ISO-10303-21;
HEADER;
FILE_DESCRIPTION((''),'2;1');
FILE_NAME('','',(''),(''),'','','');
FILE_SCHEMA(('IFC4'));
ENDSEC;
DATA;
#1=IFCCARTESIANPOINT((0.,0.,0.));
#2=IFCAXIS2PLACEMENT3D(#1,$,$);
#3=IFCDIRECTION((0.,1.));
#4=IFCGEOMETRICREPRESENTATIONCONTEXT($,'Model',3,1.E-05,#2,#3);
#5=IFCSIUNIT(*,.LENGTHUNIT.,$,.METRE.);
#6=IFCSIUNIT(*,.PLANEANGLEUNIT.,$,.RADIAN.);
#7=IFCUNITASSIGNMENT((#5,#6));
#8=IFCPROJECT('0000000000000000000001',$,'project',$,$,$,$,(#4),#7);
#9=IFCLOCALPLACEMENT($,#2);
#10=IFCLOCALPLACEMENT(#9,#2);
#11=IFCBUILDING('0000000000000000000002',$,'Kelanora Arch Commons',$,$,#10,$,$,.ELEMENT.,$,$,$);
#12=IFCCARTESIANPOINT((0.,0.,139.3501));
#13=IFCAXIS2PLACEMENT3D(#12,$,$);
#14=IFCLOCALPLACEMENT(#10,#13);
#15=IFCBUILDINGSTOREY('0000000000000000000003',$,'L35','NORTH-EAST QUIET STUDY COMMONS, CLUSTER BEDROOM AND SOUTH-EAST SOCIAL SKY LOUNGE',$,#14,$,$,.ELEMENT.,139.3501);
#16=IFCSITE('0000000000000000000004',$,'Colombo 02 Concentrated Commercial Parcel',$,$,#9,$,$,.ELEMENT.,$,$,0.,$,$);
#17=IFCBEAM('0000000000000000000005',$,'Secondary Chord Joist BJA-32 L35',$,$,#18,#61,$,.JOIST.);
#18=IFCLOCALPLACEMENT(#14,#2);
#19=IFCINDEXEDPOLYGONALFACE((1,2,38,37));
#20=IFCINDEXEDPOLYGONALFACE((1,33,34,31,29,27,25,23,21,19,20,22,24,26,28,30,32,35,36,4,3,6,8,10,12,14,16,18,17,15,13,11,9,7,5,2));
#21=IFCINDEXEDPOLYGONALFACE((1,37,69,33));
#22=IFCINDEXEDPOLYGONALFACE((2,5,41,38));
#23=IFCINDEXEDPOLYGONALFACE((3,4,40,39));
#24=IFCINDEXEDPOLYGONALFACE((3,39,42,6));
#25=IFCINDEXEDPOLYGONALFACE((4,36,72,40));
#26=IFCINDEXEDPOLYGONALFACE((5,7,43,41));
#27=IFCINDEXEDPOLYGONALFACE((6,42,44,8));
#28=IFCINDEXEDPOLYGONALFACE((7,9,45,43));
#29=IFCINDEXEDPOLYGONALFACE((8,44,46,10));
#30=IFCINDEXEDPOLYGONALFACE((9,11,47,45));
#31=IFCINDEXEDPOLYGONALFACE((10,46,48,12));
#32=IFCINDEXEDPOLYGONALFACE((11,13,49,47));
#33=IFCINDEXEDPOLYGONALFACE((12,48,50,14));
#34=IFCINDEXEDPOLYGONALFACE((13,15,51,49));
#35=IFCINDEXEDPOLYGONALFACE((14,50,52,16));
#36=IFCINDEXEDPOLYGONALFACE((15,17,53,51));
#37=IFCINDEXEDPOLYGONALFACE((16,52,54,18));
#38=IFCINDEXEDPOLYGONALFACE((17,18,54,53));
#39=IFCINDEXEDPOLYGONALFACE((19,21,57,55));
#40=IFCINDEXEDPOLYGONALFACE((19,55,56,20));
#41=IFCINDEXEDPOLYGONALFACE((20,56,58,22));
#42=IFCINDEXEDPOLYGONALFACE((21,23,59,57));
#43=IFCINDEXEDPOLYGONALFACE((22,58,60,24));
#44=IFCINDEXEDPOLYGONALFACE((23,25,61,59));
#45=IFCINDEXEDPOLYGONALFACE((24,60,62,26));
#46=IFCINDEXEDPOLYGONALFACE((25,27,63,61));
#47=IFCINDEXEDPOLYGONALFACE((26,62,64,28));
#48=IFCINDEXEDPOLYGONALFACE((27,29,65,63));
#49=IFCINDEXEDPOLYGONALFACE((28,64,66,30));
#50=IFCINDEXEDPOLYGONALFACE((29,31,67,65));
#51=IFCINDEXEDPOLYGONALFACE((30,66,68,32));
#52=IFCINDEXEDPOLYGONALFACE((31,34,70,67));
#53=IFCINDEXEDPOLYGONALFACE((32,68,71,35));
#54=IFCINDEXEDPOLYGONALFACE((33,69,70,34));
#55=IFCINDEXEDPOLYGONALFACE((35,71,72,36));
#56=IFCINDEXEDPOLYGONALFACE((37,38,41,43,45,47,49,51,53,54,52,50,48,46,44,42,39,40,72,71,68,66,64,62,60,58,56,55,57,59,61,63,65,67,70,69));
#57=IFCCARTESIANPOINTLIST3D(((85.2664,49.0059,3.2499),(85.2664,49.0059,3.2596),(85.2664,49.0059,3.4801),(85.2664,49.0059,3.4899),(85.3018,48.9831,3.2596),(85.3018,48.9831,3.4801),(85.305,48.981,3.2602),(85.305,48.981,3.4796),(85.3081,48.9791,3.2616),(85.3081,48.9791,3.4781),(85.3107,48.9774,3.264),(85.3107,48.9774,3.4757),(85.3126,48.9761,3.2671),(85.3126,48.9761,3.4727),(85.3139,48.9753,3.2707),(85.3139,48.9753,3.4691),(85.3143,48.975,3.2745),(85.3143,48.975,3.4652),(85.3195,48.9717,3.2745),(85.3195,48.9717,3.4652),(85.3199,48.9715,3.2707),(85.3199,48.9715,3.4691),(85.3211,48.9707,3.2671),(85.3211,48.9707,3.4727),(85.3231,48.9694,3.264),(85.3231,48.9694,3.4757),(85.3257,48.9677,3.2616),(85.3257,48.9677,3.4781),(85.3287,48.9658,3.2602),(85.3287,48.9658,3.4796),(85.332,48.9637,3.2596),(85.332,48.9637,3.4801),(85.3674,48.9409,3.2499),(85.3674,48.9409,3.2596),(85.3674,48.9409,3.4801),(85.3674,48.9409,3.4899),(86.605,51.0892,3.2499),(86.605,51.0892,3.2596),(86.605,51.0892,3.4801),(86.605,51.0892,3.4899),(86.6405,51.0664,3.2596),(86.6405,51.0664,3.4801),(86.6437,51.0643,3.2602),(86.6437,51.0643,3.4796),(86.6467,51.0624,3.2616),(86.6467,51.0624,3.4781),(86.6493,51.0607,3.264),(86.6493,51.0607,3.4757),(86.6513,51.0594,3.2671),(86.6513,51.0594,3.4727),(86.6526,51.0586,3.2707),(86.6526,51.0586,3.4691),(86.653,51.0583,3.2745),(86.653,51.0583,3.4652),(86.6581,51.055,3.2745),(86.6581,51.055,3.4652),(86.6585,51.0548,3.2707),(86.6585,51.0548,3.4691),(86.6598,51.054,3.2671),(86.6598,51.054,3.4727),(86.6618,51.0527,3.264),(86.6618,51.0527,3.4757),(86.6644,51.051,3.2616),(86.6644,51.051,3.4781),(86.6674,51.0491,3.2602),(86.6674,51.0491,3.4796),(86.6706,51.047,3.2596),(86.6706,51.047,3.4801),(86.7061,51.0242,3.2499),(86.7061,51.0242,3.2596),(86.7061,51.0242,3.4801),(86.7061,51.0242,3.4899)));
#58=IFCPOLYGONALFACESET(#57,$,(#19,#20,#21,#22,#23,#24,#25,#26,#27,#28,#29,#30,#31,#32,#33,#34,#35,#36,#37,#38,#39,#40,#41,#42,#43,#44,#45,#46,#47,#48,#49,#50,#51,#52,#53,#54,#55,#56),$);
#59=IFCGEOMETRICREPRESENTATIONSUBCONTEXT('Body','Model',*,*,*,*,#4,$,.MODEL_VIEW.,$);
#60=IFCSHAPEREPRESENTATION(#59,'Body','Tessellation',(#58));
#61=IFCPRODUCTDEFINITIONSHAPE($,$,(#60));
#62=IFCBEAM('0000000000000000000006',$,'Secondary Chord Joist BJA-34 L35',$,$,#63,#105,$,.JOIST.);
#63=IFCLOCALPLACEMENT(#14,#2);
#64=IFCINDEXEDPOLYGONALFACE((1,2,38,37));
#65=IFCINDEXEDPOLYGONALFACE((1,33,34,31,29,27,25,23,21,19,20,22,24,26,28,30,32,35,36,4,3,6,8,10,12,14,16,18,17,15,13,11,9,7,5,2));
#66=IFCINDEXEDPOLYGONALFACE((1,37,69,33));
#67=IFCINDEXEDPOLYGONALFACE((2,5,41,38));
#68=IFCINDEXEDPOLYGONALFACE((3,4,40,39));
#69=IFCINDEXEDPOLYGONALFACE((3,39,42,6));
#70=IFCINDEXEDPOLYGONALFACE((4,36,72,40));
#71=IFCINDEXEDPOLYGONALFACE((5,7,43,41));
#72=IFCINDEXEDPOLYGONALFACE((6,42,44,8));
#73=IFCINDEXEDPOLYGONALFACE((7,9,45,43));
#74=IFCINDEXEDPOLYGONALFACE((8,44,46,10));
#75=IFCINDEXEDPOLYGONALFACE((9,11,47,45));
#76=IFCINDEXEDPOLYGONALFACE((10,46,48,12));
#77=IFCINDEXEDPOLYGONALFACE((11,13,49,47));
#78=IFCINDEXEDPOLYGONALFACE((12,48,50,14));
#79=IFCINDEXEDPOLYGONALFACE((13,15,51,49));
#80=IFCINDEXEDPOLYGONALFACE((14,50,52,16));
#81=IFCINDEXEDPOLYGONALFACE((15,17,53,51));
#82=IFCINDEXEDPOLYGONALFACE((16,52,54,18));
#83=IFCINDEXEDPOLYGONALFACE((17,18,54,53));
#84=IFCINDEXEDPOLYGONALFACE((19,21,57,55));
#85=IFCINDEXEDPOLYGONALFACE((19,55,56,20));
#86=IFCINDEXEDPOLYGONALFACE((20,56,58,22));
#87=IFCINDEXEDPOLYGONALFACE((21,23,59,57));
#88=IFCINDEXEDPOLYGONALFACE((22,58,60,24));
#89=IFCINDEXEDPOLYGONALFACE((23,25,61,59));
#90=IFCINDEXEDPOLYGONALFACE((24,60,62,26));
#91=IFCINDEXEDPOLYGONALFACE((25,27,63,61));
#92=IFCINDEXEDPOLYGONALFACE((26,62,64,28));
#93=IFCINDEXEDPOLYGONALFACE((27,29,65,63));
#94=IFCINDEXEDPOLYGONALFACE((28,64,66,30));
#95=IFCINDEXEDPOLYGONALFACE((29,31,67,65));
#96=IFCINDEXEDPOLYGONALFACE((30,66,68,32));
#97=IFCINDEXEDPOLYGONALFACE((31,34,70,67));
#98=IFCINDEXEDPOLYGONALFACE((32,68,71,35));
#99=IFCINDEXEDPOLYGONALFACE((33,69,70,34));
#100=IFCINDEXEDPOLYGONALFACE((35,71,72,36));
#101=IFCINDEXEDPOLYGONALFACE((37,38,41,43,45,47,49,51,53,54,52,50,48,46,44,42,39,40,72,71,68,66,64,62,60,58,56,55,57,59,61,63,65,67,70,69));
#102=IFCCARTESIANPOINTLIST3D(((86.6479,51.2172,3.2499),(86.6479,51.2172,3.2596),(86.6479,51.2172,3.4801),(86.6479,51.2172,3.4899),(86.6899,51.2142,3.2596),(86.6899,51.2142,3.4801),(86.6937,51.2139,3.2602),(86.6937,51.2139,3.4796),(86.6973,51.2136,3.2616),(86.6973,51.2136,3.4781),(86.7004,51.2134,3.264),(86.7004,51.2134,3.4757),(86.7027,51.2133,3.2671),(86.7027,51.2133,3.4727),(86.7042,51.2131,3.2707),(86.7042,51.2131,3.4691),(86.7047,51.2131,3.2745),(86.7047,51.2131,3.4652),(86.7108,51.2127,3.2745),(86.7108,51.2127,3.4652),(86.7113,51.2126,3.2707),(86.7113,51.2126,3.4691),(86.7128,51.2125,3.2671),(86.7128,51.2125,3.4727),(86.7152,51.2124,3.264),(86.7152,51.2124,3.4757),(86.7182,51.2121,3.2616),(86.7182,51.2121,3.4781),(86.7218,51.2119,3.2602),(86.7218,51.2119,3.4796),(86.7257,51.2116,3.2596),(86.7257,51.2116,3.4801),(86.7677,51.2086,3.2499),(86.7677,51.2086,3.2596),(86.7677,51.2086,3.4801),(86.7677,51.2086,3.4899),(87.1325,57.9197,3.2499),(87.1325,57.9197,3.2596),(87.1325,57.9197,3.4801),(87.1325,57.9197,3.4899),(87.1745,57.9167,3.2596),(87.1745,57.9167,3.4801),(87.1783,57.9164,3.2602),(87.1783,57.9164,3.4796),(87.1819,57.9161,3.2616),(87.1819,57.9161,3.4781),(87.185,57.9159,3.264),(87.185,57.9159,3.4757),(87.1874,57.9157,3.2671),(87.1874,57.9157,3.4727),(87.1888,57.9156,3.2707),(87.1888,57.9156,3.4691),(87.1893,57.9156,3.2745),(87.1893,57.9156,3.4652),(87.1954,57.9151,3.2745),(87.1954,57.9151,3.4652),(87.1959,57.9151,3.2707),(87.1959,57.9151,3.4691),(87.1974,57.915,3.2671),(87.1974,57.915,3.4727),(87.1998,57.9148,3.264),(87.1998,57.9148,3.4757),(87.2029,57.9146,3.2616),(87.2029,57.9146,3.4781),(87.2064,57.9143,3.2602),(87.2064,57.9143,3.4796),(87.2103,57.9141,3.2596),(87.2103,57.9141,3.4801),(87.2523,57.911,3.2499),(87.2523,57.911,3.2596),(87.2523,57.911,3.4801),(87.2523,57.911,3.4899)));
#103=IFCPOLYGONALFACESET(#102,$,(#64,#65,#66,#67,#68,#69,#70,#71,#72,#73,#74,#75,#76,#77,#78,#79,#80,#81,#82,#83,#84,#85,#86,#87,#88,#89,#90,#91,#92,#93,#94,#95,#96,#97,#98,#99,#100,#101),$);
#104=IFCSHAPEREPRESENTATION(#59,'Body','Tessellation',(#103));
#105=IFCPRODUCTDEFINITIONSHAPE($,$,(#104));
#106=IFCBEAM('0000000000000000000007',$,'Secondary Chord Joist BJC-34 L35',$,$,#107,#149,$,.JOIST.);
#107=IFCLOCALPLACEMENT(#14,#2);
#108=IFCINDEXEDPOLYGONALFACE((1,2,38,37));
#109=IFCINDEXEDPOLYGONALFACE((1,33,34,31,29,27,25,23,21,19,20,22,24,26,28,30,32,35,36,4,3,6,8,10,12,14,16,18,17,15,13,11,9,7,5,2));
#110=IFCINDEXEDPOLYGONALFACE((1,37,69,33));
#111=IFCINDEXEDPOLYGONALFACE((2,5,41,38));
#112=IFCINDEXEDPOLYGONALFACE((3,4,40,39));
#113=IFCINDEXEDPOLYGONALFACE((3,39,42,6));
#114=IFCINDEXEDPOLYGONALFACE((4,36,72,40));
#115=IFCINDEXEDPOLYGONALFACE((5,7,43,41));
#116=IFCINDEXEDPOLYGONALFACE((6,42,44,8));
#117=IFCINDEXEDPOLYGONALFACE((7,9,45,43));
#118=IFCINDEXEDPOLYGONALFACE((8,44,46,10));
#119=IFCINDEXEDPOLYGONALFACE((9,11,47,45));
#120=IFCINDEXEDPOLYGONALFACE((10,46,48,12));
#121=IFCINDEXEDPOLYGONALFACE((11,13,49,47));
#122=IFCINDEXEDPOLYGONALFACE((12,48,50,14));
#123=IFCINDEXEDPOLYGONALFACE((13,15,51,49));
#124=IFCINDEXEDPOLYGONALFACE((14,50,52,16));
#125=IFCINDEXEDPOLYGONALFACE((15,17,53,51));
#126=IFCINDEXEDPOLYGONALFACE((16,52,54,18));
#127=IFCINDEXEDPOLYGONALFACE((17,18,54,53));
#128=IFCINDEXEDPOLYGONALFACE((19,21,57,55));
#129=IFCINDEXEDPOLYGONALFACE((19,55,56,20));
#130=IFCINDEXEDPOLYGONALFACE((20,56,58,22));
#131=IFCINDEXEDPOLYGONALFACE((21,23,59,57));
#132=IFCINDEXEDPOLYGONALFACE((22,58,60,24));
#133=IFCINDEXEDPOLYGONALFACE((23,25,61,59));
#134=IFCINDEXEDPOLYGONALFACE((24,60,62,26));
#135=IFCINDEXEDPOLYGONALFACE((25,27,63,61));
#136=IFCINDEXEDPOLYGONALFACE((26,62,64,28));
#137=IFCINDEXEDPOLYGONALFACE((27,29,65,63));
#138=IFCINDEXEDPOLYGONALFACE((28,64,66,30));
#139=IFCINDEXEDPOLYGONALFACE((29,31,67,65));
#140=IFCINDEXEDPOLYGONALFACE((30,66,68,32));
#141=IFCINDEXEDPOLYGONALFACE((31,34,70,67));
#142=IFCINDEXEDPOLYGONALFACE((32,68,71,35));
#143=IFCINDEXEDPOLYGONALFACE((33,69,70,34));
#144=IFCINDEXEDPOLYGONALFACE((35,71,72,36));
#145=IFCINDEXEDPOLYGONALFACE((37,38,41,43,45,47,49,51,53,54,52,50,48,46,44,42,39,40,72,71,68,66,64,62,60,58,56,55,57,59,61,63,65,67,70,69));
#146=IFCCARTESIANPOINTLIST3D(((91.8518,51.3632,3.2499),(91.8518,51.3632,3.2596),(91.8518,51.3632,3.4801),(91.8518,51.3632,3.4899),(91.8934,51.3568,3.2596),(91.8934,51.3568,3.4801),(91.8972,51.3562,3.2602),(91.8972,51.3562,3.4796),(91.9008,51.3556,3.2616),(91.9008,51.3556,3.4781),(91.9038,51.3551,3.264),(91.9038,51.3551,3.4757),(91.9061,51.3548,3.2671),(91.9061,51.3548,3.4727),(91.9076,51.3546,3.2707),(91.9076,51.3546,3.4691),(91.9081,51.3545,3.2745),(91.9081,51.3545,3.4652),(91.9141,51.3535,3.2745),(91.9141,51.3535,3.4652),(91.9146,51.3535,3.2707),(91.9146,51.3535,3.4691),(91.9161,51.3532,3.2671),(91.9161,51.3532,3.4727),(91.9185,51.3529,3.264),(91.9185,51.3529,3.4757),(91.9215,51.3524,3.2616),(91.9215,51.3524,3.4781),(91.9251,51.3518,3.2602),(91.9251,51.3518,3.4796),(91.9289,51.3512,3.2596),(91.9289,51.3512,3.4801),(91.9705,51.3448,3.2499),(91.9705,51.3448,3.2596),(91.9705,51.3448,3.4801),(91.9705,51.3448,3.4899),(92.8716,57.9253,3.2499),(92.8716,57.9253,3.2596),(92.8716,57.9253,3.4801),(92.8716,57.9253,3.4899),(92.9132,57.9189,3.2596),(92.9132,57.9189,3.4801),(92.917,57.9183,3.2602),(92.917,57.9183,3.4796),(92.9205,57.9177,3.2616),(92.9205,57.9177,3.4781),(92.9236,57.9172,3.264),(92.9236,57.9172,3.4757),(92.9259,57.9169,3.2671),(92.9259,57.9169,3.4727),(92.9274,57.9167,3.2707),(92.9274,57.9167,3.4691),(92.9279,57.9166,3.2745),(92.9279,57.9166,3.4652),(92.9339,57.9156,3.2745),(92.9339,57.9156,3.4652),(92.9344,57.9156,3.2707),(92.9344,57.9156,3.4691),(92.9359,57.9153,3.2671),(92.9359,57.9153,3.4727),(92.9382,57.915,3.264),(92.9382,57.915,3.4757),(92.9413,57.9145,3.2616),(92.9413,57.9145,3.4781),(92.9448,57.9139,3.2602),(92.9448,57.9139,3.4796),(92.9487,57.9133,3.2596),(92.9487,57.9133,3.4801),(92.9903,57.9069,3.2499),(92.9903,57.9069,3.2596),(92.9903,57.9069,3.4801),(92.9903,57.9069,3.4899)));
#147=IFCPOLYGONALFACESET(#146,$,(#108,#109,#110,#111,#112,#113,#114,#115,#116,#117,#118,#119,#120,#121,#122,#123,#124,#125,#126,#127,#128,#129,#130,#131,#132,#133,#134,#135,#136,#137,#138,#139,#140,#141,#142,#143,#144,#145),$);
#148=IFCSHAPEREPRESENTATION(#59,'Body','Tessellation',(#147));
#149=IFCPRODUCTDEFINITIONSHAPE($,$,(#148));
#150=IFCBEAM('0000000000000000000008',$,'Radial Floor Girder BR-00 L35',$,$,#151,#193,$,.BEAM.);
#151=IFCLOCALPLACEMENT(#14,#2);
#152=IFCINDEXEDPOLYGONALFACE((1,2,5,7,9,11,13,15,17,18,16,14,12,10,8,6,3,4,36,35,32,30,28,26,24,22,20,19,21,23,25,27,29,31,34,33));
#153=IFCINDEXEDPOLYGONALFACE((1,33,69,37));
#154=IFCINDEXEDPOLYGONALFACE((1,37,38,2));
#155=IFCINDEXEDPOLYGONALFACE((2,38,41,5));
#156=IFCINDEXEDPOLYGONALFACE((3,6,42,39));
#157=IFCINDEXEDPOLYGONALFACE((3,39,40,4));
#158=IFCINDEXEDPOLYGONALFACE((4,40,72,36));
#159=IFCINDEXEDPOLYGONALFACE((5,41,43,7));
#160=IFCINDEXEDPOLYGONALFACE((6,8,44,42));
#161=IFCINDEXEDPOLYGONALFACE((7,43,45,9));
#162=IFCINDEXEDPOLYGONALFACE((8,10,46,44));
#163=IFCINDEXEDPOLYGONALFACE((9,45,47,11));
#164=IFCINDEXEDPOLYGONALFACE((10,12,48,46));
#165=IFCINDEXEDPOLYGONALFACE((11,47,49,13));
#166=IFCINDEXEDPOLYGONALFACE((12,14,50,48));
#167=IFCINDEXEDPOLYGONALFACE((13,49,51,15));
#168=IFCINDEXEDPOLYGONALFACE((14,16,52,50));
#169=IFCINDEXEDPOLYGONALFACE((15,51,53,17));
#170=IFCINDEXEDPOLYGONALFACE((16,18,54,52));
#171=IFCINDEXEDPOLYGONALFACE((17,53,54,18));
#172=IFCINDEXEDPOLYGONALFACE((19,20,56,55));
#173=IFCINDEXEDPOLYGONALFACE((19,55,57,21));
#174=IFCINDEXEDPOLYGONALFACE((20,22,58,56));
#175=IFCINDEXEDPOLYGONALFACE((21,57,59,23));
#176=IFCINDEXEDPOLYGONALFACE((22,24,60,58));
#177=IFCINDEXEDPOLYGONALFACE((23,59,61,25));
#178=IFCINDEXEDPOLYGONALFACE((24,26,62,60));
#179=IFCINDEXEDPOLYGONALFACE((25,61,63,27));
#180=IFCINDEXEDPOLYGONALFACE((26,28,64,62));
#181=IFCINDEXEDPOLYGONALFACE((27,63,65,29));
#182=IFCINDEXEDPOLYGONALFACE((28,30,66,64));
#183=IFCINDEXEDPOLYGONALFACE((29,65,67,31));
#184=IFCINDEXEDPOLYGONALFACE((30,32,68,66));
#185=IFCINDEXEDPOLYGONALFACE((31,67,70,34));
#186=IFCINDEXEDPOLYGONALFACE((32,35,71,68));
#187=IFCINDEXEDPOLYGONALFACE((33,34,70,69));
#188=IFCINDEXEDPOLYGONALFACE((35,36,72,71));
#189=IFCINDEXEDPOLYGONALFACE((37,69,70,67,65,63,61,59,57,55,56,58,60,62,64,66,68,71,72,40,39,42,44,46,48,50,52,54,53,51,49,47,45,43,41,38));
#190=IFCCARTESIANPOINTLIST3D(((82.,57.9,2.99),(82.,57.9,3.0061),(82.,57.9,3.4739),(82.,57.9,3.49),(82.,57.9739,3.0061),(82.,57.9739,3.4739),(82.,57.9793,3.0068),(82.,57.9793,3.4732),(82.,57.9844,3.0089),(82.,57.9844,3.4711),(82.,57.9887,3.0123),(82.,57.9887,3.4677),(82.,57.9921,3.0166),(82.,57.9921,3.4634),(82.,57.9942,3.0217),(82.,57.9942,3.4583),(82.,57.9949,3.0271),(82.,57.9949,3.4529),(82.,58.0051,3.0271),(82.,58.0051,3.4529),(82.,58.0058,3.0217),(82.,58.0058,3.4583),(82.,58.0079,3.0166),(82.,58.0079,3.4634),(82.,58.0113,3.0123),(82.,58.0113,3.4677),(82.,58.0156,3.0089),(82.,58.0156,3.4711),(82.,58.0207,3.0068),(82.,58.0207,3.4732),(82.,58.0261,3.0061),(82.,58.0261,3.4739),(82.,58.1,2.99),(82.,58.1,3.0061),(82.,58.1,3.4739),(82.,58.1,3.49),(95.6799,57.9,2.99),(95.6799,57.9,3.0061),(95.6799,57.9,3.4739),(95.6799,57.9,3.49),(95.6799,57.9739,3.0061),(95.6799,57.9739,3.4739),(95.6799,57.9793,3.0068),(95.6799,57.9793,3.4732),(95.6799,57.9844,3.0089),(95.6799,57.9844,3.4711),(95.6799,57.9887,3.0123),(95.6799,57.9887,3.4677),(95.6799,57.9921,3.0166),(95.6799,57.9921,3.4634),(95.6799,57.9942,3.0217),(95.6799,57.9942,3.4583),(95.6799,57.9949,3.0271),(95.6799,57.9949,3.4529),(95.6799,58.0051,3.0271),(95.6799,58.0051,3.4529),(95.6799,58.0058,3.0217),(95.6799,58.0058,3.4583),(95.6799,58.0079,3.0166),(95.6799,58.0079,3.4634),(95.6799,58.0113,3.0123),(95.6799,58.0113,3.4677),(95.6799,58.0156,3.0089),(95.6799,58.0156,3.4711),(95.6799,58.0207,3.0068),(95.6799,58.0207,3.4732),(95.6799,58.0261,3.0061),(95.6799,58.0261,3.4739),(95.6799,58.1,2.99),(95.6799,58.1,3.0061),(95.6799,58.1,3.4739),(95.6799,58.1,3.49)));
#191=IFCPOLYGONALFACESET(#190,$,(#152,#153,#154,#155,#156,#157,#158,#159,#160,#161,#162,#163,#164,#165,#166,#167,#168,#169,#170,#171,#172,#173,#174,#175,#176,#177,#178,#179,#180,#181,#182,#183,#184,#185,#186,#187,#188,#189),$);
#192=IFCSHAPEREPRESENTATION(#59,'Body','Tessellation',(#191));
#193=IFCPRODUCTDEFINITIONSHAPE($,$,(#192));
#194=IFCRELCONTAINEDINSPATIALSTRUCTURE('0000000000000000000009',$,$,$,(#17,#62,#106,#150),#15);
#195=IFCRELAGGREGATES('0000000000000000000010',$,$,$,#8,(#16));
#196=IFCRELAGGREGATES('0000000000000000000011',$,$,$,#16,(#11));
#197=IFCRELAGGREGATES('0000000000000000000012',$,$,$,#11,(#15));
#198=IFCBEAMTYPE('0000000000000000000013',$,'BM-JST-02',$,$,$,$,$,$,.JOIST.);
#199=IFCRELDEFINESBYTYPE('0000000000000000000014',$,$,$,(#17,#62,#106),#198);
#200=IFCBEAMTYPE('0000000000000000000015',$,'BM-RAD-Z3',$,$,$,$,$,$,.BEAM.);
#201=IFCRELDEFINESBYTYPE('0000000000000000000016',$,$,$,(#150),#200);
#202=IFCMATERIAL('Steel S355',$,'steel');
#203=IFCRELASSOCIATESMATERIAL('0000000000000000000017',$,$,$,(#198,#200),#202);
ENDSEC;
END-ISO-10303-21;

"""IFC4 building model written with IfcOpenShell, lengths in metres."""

from ifc_helpers import new_model, si_unit, direction, frame, origin, origin_2d, place, context, subcontext, project, spatial, i_section, extrude, material, material_profile, profile_set, type_object, element, save


model = new_model("IFC4")

# Units and contexts
model_context = context("Model", 3, precision=1e-05, world=origin(), true_north=direction((0.0, 1.0)))
body_context = subcontext(model_context, "Body", "Model", "MODEL_VIEW")
ifc_project = project(units=[si_unit("LENGTHUNIT", "METRE"), si_unit("PLANEANGLEUNIT", "RADIAN")], contexts=[model_context])

# Site, building, storey
site_placement = place(None, origin())
site = spatial("IfcSite", under=ifc_project, at=site_placement, Name="Colombo 02 Concentrated Commercial Parcel", CompositionType="ELEMENT", RefElevation=0.0)
building_placement = place(site_placement, origin())
building = spatial("IfcBuilding", under=site, at=building_placement, Name="Kelanora Arch Commons", CompositionType="ELEMENT")
storey_placement = place(building_placement, frame((0.0, 0.0, 139.3501)))
storey = spatial("IfcBuildingStorey", under=building, at=storey_placement, Name="L35", Description="NORTH-EAST QUIET STUDY COMMONS, CLUSTER BEDROOM AND SOUTH-EAST SOCIAL SKY LOUNGE", CompositionType="ELEMENT", Elevation=139.3501)

# Beams
ifc_material_1 = material(Name="Steel S355", Category="steel")
ifc_material_profile_1 = material_profile(ifc_material_1, i_section(OverallWidth=0.1201, OverallDepth=0.24, WebThickness=0.0061, FlangeThickness=0.0098, FilletRadius=0.0149, at=origin_2d()), Name="IPE240")
ifc_profile_set_1 = profile_set([ifc_material_profile_1], Name="Steel S355")
beam_type_1 = type_object("IfcBeamType", Name="BM-JST-02", PredefinedType="JOIST", material=ifc_profile_set_1)
beam_1_placement = place(storey_placement, frame((85.3169, 48.9734, 3.3699), z_axis=(0.540583, 0.841291, 0.0), x_axis=(-0.841291, 0.540583, 0.0)))
element("IfcBeam", 1, at=beam_1_placement, inside=storey, type_object=beam_type_1, Name="Secondary Chord Joist BJA-32 L35", PredefinedType="JOIST", context=body_context, shape_type="SweptSolid", body=[
    extrude(i_section(OverallWidth=0.1201, OverallDepth=0.24, WebThickness=0.0061, FlangeThickness=0.0098, FilletRadius=0.0149, at=origin_2d()), origin(), (0.0, 0.0, 1.0), 2.4763),
])
beam_2_placement = place(storey_placement, frame((86.7078, 51.2129, 3.3699), z_axis=(0.072117, 0.997396, 0.0), x_axis=(-0.997396, 0.072117, 0.0)))
element("IfcBeam", 2, at=beam_2_placement, inside=storey, type_object=beam_type_1, Name="Secondary Chord Joist BJA-34 L35", PredefinedType="JOIST", context=body_context, shape_type="SweptSolid", body=[
    extrude(i_section(OverallWidth=0.1201, OverallDepth=0.24, WebThickness=0.0061, FlangeThickness=0.0098, FilletRadius=0.0149, at=origin_2d()), origin(), (0.0, 0.0, 1.0), 6.72),
])
beam_3_placement = place(storey_placement, frame((91.9111, 51.354, 3.3699), z_axis=(0.153563, 0.988139, 0.0), x_axis=(-0.988139, 0.153563, 0.0)))
element("IfcBeam", 3, at=beam_3_placement, inside=storey, type_object=beam_type_1, Name="Secondary Chord Joist BJC-34 L35", PredefinedType="JOIST", context=body_context, shape_type="SweptSolid", body=[
    extrude(i_section(OverallWidth=0.1201, OverallDepth=0.24, WebThickness=0.0061, FlangeThickness=0.0098, FilletRadius=0.0149, at=origin_2d()), origin(), (0.0, 0.0, 1.0), 6.6409),
])
ifc_material_profile_2 = material_profile(ifc_material_1, i_section(OverallWidth=0.2, OverallDepth=0.5, WebThickness=0.0103, FlangeThickness=0.0161, FilletRadius=0.021, at=origin_2d()), Name="IPE500")
ifc_profile_set_2 = profile_set([ifc_material_profile_2], Name="Steel S355")
beam_type_2 = type_object("IfcBeamType", Name="BM-RAD-Z3", PredefinedType="BEAM", material=ifc_profile_set_2)
beam_4_placement = place(storey_placement, frame((82.0, 58.0, 3.24), z_axis=(1.0, 0.0, 0.0), x_axis=(0.0, 1.0, 0.0)))
element("IfcBeam", 4, at=beam_4_placement, inside=storey, type_object=beam_type_2, Name="Radial Floor Girder BR-00 L35", PredefinedType="BEAM", context=body_context, shape_type="SweptSolid", body=[
    extrude(i_section(OverallWidth=0.2, OverallDepth=0.5, WebThickness=0.0103, FlangeThickness=0.0161, FilletRadius=0.021, at=origin_2d()), origin(), (0.0, 0.0, 1.0), 13.6799),
])

save(model, "model.ifc")
